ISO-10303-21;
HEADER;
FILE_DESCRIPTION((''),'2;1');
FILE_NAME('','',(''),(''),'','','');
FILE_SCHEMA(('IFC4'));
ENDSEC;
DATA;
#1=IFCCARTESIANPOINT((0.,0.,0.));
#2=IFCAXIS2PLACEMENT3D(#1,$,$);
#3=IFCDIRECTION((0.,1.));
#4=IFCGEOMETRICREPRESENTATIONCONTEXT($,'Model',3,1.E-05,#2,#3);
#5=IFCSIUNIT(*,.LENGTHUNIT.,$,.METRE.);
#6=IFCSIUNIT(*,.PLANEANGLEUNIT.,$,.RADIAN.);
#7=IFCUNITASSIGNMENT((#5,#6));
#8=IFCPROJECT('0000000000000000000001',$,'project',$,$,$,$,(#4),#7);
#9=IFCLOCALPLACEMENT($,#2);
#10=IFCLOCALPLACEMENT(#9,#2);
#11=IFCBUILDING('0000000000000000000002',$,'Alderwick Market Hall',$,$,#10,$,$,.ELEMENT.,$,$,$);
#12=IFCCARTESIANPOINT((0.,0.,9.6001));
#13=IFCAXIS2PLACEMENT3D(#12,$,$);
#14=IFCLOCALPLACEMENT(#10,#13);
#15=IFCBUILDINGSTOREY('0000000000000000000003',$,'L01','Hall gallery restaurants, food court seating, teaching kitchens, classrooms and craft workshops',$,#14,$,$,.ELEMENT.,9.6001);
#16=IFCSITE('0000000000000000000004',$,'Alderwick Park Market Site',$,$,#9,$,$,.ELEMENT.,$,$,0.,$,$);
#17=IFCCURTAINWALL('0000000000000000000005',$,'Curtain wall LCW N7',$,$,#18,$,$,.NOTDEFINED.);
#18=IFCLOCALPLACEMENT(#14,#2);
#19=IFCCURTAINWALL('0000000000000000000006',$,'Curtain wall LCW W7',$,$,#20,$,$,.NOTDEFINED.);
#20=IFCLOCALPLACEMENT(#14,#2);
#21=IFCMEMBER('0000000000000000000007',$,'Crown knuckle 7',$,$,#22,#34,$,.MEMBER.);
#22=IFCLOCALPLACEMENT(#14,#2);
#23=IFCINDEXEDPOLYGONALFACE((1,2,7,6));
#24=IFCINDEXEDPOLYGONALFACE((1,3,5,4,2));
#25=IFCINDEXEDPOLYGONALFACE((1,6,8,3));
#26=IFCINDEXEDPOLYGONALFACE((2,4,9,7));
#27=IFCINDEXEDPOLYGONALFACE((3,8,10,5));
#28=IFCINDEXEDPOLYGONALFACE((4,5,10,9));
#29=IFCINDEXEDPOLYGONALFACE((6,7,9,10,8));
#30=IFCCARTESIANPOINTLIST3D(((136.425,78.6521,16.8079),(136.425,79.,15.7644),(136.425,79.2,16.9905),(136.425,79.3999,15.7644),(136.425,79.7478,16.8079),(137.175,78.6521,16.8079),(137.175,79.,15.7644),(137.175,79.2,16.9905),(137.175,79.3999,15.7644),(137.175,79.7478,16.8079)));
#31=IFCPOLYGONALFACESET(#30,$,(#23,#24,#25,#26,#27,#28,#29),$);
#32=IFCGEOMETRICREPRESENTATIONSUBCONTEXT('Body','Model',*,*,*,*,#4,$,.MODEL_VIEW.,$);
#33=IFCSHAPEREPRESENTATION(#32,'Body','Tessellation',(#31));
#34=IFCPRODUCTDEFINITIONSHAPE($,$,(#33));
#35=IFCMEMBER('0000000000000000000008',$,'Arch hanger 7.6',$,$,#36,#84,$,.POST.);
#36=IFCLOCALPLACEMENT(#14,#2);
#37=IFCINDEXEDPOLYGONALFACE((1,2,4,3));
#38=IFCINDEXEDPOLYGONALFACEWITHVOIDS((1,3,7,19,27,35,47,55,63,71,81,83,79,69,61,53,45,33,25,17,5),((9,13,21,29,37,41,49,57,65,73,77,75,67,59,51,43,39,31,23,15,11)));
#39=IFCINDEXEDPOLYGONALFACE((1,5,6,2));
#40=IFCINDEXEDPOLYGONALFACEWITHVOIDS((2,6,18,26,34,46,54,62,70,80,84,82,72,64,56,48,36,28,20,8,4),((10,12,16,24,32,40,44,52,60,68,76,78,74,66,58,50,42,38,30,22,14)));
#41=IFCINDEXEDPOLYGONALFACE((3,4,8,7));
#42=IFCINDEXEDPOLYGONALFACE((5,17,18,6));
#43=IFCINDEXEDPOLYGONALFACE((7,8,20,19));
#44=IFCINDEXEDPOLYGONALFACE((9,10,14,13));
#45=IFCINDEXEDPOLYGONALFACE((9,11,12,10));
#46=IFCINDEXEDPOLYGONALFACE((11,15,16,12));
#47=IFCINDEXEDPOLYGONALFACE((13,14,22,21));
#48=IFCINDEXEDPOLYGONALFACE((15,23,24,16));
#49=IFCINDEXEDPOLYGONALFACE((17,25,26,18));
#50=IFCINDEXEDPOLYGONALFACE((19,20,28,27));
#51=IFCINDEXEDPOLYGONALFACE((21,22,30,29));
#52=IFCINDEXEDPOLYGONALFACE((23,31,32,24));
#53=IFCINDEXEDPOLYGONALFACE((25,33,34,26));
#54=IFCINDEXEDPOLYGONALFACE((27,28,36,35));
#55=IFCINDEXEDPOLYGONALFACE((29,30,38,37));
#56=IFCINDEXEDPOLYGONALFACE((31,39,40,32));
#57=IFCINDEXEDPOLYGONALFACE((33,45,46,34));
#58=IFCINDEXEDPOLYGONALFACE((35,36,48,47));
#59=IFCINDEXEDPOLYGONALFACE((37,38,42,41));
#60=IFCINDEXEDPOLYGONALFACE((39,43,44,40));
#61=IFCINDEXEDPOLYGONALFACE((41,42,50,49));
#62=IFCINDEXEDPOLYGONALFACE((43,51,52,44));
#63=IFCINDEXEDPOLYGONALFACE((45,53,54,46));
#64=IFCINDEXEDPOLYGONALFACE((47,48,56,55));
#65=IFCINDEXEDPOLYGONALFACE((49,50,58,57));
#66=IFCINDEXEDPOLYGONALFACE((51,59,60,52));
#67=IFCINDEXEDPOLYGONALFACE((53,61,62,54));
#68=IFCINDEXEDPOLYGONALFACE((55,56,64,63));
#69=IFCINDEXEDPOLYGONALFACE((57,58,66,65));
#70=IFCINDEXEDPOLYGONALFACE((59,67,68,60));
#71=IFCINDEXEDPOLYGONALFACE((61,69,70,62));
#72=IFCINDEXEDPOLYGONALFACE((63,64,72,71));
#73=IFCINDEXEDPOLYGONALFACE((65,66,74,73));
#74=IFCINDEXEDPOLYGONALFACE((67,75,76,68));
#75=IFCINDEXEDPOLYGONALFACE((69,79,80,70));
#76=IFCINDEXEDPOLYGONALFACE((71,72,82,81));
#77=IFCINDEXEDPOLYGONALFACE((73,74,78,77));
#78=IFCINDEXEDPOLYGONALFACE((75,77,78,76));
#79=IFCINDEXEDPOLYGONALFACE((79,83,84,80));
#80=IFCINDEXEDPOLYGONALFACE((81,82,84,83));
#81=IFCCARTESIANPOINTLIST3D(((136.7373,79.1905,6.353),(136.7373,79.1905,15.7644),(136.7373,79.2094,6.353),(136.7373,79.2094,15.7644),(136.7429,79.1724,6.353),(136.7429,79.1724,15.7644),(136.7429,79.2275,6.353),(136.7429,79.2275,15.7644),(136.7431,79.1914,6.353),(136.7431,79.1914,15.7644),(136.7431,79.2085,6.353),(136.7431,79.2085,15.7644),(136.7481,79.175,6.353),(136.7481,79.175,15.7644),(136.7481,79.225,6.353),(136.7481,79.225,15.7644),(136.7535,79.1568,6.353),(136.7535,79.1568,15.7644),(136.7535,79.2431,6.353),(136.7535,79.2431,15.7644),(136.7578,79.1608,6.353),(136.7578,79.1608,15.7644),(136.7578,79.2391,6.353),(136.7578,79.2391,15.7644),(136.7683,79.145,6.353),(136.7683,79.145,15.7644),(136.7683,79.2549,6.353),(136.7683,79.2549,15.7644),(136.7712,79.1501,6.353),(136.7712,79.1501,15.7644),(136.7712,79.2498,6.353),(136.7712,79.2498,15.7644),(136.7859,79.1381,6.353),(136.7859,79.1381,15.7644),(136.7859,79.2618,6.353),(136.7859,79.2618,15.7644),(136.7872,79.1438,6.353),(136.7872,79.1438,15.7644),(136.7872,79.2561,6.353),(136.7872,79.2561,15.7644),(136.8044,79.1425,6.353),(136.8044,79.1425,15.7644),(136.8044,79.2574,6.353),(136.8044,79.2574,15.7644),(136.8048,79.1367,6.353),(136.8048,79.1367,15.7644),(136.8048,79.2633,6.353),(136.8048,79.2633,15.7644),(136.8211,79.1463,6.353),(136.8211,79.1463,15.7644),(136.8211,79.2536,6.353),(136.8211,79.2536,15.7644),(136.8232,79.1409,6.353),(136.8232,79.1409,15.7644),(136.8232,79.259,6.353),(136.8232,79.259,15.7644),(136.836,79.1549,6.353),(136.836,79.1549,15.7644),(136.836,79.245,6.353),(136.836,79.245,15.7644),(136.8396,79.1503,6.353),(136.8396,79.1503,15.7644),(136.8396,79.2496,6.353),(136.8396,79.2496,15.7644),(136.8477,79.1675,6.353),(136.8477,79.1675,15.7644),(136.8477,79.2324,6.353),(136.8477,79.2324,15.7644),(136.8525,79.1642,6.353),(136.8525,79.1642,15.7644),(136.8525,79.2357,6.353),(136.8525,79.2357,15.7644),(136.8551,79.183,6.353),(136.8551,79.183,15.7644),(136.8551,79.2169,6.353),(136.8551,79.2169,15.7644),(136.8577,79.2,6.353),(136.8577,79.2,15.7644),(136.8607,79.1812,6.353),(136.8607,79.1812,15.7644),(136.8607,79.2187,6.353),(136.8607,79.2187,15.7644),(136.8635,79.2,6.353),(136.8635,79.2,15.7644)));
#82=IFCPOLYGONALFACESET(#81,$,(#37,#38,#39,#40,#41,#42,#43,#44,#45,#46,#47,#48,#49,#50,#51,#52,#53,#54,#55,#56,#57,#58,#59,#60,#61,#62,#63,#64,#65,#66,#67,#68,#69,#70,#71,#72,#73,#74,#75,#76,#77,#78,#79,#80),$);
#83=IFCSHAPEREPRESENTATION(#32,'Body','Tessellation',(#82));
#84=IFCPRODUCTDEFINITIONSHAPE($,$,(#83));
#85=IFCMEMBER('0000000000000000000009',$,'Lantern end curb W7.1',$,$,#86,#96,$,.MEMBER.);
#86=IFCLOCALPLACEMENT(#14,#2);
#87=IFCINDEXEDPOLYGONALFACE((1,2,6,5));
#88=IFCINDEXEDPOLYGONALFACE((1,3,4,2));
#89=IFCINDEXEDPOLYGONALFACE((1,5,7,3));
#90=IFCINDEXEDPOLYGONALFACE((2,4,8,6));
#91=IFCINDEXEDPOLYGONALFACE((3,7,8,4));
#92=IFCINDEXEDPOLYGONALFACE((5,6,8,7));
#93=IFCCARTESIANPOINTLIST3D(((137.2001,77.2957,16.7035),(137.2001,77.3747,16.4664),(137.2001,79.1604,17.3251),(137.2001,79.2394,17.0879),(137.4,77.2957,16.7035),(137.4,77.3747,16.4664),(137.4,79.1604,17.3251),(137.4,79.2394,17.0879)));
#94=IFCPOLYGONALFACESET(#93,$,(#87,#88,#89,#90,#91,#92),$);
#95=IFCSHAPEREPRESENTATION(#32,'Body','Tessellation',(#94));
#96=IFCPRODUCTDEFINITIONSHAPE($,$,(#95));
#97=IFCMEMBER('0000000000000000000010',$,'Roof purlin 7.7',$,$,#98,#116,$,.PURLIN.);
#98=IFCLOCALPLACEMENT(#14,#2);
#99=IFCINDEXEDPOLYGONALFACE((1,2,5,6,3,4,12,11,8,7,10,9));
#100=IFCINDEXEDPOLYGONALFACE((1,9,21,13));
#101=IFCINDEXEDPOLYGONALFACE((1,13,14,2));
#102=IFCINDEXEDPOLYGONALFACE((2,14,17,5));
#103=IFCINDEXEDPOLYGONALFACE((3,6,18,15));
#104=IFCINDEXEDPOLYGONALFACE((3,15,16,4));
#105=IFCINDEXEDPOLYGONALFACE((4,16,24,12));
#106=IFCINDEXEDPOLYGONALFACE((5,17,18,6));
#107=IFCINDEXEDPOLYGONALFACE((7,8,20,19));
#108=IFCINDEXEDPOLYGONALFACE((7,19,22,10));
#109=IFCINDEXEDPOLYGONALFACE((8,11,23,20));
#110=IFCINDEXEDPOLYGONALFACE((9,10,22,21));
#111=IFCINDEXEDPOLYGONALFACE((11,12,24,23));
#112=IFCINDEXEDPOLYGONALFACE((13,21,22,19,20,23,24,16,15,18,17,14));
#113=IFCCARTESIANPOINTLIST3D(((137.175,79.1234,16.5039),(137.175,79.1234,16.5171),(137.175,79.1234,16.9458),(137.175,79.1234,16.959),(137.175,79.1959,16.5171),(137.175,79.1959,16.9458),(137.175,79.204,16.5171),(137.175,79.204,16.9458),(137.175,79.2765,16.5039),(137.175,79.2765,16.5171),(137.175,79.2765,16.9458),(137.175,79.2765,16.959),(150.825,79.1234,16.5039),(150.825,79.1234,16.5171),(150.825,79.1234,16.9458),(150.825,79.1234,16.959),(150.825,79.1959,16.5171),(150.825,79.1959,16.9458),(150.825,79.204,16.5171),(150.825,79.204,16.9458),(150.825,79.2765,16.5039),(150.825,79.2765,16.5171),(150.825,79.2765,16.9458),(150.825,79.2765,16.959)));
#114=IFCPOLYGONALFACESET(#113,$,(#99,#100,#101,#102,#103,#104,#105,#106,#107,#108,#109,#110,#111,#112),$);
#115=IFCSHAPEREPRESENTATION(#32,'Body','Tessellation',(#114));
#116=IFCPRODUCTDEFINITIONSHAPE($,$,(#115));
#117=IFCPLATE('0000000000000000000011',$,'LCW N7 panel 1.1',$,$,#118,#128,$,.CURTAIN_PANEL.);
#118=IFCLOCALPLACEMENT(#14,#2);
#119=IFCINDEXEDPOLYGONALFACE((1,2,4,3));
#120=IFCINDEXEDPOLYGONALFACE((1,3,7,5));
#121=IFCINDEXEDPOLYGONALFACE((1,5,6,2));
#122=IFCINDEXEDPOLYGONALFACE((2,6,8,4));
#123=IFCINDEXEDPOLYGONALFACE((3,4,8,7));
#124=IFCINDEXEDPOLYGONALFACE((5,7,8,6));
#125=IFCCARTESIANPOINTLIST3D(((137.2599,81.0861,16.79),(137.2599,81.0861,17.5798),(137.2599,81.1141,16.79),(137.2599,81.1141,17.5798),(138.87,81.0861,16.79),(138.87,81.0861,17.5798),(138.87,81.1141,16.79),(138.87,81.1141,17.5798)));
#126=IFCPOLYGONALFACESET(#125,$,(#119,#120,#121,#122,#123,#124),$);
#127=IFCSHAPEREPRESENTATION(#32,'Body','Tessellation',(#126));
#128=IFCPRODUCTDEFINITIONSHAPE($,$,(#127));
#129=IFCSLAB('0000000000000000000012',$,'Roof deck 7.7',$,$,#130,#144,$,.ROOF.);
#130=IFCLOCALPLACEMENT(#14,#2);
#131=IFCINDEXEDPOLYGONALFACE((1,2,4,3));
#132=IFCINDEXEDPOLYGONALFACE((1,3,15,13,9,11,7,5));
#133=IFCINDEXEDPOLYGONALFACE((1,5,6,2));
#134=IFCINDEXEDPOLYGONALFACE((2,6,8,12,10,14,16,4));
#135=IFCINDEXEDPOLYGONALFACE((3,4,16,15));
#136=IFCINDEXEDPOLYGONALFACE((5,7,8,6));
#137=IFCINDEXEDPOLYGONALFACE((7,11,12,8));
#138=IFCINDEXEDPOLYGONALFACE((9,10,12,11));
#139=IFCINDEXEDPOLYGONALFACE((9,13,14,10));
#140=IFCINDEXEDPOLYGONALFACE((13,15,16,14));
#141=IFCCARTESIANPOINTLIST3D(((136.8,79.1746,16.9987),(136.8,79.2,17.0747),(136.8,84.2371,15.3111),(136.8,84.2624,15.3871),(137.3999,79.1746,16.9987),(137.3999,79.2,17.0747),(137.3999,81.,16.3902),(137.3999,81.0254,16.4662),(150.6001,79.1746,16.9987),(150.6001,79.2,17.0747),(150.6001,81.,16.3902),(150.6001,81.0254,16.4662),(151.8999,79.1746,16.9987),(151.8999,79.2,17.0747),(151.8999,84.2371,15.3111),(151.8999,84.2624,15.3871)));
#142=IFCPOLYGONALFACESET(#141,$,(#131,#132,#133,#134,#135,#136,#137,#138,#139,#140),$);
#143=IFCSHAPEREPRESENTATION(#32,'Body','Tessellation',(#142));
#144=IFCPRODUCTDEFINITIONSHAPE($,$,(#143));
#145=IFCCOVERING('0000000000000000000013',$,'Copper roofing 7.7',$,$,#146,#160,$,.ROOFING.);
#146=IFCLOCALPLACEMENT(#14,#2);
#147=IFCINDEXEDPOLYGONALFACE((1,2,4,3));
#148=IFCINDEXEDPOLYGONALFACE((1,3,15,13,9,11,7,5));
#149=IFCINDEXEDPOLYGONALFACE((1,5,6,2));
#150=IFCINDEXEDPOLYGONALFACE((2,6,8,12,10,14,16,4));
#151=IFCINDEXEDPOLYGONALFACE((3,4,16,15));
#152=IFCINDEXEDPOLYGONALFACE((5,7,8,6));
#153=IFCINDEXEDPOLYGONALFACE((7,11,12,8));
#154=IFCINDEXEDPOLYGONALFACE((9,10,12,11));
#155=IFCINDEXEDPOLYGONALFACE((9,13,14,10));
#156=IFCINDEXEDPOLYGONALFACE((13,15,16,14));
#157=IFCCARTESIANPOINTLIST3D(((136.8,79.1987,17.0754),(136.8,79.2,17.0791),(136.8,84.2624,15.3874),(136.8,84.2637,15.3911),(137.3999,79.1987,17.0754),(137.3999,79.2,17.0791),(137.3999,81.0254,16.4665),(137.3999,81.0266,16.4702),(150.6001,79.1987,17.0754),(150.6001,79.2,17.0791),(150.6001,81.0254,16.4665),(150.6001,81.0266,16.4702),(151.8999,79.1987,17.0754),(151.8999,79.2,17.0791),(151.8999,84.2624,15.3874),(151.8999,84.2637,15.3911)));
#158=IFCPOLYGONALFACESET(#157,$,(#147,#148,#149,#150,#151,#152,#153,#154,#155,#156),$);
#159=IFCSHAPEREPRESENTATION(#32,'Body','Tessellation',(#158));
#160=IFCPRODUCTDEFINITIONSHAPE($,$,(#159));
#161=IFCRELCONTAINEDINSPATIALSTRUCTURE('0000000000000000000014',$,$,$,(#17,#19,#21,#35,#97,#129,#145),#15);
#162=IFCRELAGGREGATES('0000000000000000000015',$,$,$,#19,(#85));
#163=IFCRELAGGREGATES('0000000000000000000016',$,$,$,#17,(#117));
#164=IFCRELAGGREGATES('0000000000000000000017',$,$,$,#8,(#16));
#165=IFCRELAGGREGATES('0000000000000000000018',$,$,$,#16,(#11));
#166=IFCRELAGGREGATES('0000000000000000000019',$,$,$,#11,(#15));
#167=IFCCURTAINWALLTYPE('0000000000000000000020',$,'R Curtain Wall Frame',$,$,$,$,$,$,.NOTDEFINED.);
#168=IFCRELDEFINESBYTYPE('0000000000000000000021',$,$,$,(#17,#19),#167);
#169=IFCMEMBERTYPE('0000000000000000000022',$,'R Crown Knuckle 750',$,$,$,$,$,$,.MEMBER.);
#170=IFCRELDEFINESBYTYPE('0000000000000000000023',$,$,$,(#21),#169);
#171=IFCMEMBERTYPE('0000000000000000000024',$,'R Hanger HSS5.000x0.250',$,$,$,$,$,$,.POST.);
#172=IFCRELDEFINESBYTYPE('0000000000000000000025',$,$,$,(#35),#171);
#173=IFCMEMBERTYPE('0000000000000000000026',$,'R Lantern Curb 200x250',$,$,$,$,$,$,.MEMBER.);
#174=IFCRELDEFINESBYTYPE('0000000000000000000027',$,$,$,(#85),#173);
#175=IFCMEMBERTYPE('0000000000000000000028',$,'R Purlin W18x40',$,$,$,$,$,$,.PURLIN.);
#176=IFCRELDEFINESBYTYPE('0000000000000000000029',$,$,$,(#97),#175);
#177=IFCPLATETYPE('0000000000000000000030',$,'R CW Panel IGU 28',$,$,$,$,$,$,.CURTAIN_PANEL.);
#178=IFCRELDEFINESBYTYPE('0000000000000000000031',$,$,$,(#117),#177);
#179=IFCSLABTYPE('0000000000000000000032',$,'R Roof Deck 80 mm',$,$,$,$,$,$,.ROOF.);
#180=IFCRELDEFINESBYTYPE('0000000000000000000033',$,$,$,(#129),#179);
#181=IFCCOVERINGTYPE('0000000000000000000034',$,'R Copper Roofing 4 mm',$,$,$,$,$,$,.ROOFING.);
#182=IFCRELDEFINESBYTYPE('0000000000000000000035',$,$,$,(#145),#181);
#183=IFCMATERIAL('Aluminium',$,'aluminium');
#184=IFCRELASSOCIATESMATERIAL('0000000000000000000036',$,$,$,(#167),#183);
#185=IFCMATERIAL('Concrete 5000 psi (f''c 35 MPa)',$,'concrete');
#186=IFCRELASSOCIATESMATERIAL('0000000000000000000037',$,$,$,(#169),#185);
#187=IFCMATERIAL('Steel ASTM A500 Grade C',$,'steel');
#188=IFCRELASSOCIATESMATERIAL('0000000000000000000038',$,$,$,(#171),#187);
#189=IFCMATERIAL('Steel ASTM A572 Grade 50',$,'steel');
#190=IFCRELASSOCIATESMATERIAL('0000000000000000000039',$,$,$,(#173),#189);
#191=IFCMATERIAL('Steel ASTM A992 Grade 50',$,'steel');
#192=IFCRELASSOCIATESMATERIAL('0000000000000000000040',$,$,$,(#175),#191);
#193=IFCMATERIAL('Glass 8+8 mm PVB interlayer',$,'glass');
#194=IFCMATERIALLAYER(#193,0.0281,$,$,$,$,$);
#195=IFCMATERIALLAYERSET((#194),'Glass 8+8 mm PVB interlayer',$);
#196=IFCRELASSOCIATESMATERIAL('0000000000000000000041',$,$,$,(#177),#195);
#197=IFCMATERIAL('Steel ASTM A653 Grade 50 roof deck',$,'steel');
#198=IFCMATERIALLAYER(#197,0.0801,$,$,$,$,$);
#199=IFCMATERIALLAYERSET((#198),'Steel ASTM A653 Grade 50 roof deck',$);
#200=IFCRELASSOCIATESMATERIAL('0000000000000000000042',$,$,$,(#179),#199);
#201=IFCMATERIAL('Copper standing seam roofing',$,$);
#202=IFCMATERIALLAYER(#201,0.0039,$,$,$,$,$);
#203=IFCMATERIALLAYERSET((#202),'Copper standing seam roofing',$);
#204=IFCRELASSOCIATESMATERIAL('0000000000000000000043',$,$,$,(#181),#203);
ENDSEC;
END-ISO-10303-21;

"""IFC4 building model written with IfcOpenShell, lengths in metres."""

from ifc_helpers import new_model, si_unit, direction, frame, origin, origin_2d, place, context, subcontext, project, spatial, polyline, rectangle, hollow_circle, i_section, outline, extrude, material, layer, layer_set, material_profile, profile_set, type_object, element, aggregate, save


model = new_model("IFC4")

# Units and contexts
model_context = context("Model", 3, precision=1e-05, world=origin(), true_north=direction((0.0, 1.0)))
body_context = subcontext(model_context, "Body", "Model", "MODEL_VIEW")
ifc_project = project(units=[si_unit("LENGTHUNIT", "METRE"), si_unit("PLANEANGLEUNIT", "RADIAN")], contexts=[model_context])

# Site, building, storey
site_placement = place(None, origin())
site = spatial("IfcSite", under=ifc_project, at=site_placement, Name="Alderwick Park Market Site", CompositionType="ELEMENT", RefElevation=0.0)
building_placement = place(site_placement, origin())
building = spatial("IfcBuilding", under=site, at=building_placement, Name="Alderwick Market Hall", CompositionType="ELEMENT")
storey_placement = place(building_placement, frame((0.0, 0.0, 9.6001)))
storey = spatial("IfcBuildingStorey", under=building, at=storey_placement, Name="L01", Description="Hall gallery restaurants, food court seating, teaching kitchens, classrooms and craft workshops", CompositionType="ELEMENT", Elevation=9.6001)

# Shared definitions
ifc_material_1 = material(Name="Concrete 5000 psi (f'c 35 MPa)", Category="concrete")

# Shared definitions
ifc_material_2 = material(Name="Aluminium", Category="aluminium")
curtain_wall_type = type_object("IfcCurtainWallType", Name="R Curtain Wall Frame", PredefinedType="NOTDEFINED", material=ifc_material_2)

# Curtain wall
curtain_wall_1_placement = place(storey_placement, origin())
curtain_wall_1 = element("IfcCurtainWall", 1, at=curtain_wall_1_placement, inside=storey, type_object=curtain_wall_type, Name="Curtain wall LCW N7", PredefinedType="NOTDEFINED")

# Curtain wall
curtain_wall_2_placement = place(storey_placement, origin())
curtain_wall_2 = element("IfcCurtainWall", 2, at=curtain_wall_2_placement, inside=storey, type_object=curtain_wall_type, Name="Curtain wall LCW W7", PredefinedType="NOTDEFINED")

# Members
ifc_material_profile_1 = material_profile(ifc_material_1, outline(polyline([(-0.2, 0.0), (-0.5479, 1.0435), (0.0, 1.2261), (0.5479, 1.0435), (0.2, 0.0), (-0.2, 0.0)])), Name="RC crown knuckle")
ifc_profile_set_1 = profile_set([ifc_material_profile_1], Name="Concrete 5000 psi (f'c 35 MPa)")
member_type_1 = type_object("IfcMemberType", Name="R Crown Knuckle 750", PredefinedType="MEMBER", material=ifc_profile_set_1)
member_1_placement = place(storey_placement, frame((136.425, 79.2, 15.7644), z_axis=(1.0, 0.0, 0.0), x_axis=(0.0, 1.0, 0.0)))
element("IfcMember", 3, at=member_1_placement, inside=storey, type_object=member_type_1, Name="Crown knuckle 7", PredefinedType="MEMBER", context=body_context, shape_type="SweptSolid", body=[
    extrude(outline(polyline([(-0.2, 0.0), (-0.5479, 1.0435), (0.0, 1.2261), (0.5479, 1.0435), (0.2, 0.0), (-0.2, 0.0)])), origin(), (0.0, 0.0, 1.0), 0.75),
])
ifc_material_3 = material(Name="Steel ASTM A500 Grade C", Category="steel")
ifc_material_profile_2 = material_profile(ifc_material_3, hollow_circle(Radius=0.0635, WallThickness=0.0059, at=origin_2d()), Name="HSS5.000x0.250")
ifc_profile_set_2 = profile_set([ifc_material_profile_2], Name="Steel ASTM A500 Grade C")
member_type_2 = type_object("IfcMemberType", Name="R Hanger HSS5.000x0.250", PredefinedType="POST", material=ifc_profile_set_2)
member_2_placement = place(storey_placement, frame((136.8, 79.2, 6.353), z_axis=(0.0, 0.0, 1.0), x_axis=(1.0, 0.0, 0.0)))
element("IfcMember", 4, at=member_2_placement, inside=storey, type_object=member_type_2, Name="Arch hanger 7.6", PredefinedType="POST", context=body_context, shape_type="SweptSolid", body=[
    extrude(hollow_circle(Radius=0.0635, WallThickness=0.0059, at=origin_2d()), origin(), (0.0, 0.0, 1.0), 9.4114),
])

# Members
ifc_material_4 = material(Name="Steel ASTM A572 Grade 50", Category="steel")
ifc_material_profile_3 = material_profile(ifc_material_4, rectangle(XDim=0.2, YDim=0.25, at=origin_2d()), Name="Steel plate curb 200x250")
ifc_profile_set_3 = profile_set([ifc_material_profile_3], Name="Steel ASTM A572 Grade 50")
member_type_3 = type_object("IfcMemberType", Name="R Lantern Curb 200x250", PredefinedType="MEMBER", material=ifc_profile_set_3)
member_3_placement = place(storey_placement, frame((137.3, 77.3352, 16.585), z_axis=(0.0, 0.948683, 0.316228), x_axis=(-1.0, 0.0, 0.0)))
member_3 = element("IfcMember", 5, at=member_3_placement, type_object=member_type_3, Name="Lantern end curb W7.1", PredefinedType="MEMBER", context=body_context, shape_type="SweptSolid", body=[
    extrude(rectangle(XDim=0.2, YDim=0.25, at=origin_2d()), origin(), (0.0, 0.0, 1.0), 1.9656),
])
aggregate(curtain_wall_2, [member_3])
ifc_material_5 = material(Name="Steel ASTM A992 Grade 50", Category="steel")
ifc_material_profile_4 = material_profile(ifc_material_5, i_section(OverallWidth=0.1531, OverallDepth=0.4551, WebThickness=0.0081, FlangeThickness=0.0132, at=origin_2d()), Name="W18x40")
ifc_profile_set_4 = profile_set([ifc_material_profile_4], Name="Steel ASTM A992 Grade 50")
member_type_4 = type_object("IfcMemberType", Name="R Purlin W18x40", PredefinedType="PURLIN", material=ifc_profile_set_4)
member_4_placement = place(storey_placement, frame((137.175, 79.2, 16.7314), z_axis=(1.0, 0.0, 0.0), x_axis=(0.0, 1.0, 0.0)))
element("IfcMember", 6, at=member_4_placement, inside=storey, type_object=member_type_4, Name="Roof purlin 7.7", PredefinedType="PURLIN", context=body_context, shape_type="SweptSolid", body=[
    extrude(i_section(OverallWidth=0.1531, OverallDepth=0.4551, WebThickness=0.0081, FlangeThickness=0.0132, at=origin_2d()), origin(), (0.0, 0.0, 1.0), 13.6499),
])

# Plate
ifc_material_6 = material(Name="Glass 8+8 mm PVB interlayer", Category="glass")
ifc_layer_1 = layer(ifc_material_6, 0.0281)
ifc_layer_set_1 = layer_set([ifc_layer_1], Name="Glass 8+8 mm PVB interlayer")
plate_type = type_object("IfcPlateType", Name="R CW Panel IGU 28", PredefinedType="CURTAIN_PANEL", material=ifc_layer_set_1)
plate_placement = place(storey_placement, frame((138.0649, 81.1001, 16.79), z_axis=(0.0, 0.0, 1.0), x_axis=(1.0, 0.0, 0.0)))
plate = element("IfcPlate", 7, at=plate_placement, type_object=plate_type, Name="LCW N7 panel 1.1", PredefinedType="CURTAIN_PANEL", context=body_context, shape_type="SweptSolid", body=[
    extrude(rectangle(XDim=1.6101, YDim=0.0281, at=origin_2d()), origin(), (0.0, 0.0, 1.0), 0.7898),
])
aggregate(curtain_wall_1, [plate])

# Slab
ifc_material_7 = material(Name="Steel ASTM A653 Grade 50 roof deck", Category="steel")
ifc_layer_2 = layer(ifc_material_7, 0.0801)
ifc_layer_set_2 = layer_set([ifc_layer_2], Name="Steel ASTM A653 Grade 50 roof deck")
slab_type = type_object("IfcSlabType", Name="R Roof Deck 80 mm", PredefinedType="ROOF", material=ifc_layer_set_2)
slab_placement = place(storey_placement, frame((136.8, 79.2, 17.0747), z_axis=(0.0, 0.316245, 0.948677), x_axis=(1.0, 0.0, 0.0)))
element("IfcSlab", 8, at=slab_placement, inside=storey, type_object=slab_type, Name="Roof deck 7.7", PredefinedType="ROOF", context=body_context, shape_type="SweptSolid", body=[
    extrude(outline(polyline([(0.0, 0.0), (0.5999, 0.0), (0.5999, 1.9242), (13.8, 1.9242), (13.8, 0.0), (15.0999, 0.0), (15.0999, 5.3363), (0.0, 5.3363), (0.0, 0.0)])), origin(), (0.0, 0.0, -1.0), 0.0801),
])

# Covering
ifc_material_8 = material(Name="Copper standing seam roofing")
ifc_layer_3 = layer(ifc_material_8, 0.0039)
ifc_layer_set_3 = layer_set([ifc_layer_3], Name="Copper standing seam roofing")
covering_type = type_object("IfcCoveringType", Name="R Copper Roofing 4 mm", PredefinedType="ROOFING", material=ifc_layer_set_3)
covering_placement = place(storey_placement, frame((136.8, 79.2, 17.0791), z_axis=(0.0, 0.316248, 0.948677), x_axis=(1.0, 0.0, 0.0)))
element("IfcCovering", 9, at=covering_placement, inside=storey, type_object=covering_type, Name="Copper roofing 7.7", PredefinedType="ROOFING", context=body_context, shape_type="SweptSolid", body=[
    extrude(outline(polyline([(0.0, 0.0), (0.5999, 0.0), (0.5999, 1.9255), (13.8, 1.9255), (13.8, 0.0), (15.0999, 0.0), (15.0999, 5.3377), (0.0, 5.3377), (0.0, 0.0)])), origin(), (0.0, 0.0, -1.0), 0.0039),
])

save(model, "model.ifc")
